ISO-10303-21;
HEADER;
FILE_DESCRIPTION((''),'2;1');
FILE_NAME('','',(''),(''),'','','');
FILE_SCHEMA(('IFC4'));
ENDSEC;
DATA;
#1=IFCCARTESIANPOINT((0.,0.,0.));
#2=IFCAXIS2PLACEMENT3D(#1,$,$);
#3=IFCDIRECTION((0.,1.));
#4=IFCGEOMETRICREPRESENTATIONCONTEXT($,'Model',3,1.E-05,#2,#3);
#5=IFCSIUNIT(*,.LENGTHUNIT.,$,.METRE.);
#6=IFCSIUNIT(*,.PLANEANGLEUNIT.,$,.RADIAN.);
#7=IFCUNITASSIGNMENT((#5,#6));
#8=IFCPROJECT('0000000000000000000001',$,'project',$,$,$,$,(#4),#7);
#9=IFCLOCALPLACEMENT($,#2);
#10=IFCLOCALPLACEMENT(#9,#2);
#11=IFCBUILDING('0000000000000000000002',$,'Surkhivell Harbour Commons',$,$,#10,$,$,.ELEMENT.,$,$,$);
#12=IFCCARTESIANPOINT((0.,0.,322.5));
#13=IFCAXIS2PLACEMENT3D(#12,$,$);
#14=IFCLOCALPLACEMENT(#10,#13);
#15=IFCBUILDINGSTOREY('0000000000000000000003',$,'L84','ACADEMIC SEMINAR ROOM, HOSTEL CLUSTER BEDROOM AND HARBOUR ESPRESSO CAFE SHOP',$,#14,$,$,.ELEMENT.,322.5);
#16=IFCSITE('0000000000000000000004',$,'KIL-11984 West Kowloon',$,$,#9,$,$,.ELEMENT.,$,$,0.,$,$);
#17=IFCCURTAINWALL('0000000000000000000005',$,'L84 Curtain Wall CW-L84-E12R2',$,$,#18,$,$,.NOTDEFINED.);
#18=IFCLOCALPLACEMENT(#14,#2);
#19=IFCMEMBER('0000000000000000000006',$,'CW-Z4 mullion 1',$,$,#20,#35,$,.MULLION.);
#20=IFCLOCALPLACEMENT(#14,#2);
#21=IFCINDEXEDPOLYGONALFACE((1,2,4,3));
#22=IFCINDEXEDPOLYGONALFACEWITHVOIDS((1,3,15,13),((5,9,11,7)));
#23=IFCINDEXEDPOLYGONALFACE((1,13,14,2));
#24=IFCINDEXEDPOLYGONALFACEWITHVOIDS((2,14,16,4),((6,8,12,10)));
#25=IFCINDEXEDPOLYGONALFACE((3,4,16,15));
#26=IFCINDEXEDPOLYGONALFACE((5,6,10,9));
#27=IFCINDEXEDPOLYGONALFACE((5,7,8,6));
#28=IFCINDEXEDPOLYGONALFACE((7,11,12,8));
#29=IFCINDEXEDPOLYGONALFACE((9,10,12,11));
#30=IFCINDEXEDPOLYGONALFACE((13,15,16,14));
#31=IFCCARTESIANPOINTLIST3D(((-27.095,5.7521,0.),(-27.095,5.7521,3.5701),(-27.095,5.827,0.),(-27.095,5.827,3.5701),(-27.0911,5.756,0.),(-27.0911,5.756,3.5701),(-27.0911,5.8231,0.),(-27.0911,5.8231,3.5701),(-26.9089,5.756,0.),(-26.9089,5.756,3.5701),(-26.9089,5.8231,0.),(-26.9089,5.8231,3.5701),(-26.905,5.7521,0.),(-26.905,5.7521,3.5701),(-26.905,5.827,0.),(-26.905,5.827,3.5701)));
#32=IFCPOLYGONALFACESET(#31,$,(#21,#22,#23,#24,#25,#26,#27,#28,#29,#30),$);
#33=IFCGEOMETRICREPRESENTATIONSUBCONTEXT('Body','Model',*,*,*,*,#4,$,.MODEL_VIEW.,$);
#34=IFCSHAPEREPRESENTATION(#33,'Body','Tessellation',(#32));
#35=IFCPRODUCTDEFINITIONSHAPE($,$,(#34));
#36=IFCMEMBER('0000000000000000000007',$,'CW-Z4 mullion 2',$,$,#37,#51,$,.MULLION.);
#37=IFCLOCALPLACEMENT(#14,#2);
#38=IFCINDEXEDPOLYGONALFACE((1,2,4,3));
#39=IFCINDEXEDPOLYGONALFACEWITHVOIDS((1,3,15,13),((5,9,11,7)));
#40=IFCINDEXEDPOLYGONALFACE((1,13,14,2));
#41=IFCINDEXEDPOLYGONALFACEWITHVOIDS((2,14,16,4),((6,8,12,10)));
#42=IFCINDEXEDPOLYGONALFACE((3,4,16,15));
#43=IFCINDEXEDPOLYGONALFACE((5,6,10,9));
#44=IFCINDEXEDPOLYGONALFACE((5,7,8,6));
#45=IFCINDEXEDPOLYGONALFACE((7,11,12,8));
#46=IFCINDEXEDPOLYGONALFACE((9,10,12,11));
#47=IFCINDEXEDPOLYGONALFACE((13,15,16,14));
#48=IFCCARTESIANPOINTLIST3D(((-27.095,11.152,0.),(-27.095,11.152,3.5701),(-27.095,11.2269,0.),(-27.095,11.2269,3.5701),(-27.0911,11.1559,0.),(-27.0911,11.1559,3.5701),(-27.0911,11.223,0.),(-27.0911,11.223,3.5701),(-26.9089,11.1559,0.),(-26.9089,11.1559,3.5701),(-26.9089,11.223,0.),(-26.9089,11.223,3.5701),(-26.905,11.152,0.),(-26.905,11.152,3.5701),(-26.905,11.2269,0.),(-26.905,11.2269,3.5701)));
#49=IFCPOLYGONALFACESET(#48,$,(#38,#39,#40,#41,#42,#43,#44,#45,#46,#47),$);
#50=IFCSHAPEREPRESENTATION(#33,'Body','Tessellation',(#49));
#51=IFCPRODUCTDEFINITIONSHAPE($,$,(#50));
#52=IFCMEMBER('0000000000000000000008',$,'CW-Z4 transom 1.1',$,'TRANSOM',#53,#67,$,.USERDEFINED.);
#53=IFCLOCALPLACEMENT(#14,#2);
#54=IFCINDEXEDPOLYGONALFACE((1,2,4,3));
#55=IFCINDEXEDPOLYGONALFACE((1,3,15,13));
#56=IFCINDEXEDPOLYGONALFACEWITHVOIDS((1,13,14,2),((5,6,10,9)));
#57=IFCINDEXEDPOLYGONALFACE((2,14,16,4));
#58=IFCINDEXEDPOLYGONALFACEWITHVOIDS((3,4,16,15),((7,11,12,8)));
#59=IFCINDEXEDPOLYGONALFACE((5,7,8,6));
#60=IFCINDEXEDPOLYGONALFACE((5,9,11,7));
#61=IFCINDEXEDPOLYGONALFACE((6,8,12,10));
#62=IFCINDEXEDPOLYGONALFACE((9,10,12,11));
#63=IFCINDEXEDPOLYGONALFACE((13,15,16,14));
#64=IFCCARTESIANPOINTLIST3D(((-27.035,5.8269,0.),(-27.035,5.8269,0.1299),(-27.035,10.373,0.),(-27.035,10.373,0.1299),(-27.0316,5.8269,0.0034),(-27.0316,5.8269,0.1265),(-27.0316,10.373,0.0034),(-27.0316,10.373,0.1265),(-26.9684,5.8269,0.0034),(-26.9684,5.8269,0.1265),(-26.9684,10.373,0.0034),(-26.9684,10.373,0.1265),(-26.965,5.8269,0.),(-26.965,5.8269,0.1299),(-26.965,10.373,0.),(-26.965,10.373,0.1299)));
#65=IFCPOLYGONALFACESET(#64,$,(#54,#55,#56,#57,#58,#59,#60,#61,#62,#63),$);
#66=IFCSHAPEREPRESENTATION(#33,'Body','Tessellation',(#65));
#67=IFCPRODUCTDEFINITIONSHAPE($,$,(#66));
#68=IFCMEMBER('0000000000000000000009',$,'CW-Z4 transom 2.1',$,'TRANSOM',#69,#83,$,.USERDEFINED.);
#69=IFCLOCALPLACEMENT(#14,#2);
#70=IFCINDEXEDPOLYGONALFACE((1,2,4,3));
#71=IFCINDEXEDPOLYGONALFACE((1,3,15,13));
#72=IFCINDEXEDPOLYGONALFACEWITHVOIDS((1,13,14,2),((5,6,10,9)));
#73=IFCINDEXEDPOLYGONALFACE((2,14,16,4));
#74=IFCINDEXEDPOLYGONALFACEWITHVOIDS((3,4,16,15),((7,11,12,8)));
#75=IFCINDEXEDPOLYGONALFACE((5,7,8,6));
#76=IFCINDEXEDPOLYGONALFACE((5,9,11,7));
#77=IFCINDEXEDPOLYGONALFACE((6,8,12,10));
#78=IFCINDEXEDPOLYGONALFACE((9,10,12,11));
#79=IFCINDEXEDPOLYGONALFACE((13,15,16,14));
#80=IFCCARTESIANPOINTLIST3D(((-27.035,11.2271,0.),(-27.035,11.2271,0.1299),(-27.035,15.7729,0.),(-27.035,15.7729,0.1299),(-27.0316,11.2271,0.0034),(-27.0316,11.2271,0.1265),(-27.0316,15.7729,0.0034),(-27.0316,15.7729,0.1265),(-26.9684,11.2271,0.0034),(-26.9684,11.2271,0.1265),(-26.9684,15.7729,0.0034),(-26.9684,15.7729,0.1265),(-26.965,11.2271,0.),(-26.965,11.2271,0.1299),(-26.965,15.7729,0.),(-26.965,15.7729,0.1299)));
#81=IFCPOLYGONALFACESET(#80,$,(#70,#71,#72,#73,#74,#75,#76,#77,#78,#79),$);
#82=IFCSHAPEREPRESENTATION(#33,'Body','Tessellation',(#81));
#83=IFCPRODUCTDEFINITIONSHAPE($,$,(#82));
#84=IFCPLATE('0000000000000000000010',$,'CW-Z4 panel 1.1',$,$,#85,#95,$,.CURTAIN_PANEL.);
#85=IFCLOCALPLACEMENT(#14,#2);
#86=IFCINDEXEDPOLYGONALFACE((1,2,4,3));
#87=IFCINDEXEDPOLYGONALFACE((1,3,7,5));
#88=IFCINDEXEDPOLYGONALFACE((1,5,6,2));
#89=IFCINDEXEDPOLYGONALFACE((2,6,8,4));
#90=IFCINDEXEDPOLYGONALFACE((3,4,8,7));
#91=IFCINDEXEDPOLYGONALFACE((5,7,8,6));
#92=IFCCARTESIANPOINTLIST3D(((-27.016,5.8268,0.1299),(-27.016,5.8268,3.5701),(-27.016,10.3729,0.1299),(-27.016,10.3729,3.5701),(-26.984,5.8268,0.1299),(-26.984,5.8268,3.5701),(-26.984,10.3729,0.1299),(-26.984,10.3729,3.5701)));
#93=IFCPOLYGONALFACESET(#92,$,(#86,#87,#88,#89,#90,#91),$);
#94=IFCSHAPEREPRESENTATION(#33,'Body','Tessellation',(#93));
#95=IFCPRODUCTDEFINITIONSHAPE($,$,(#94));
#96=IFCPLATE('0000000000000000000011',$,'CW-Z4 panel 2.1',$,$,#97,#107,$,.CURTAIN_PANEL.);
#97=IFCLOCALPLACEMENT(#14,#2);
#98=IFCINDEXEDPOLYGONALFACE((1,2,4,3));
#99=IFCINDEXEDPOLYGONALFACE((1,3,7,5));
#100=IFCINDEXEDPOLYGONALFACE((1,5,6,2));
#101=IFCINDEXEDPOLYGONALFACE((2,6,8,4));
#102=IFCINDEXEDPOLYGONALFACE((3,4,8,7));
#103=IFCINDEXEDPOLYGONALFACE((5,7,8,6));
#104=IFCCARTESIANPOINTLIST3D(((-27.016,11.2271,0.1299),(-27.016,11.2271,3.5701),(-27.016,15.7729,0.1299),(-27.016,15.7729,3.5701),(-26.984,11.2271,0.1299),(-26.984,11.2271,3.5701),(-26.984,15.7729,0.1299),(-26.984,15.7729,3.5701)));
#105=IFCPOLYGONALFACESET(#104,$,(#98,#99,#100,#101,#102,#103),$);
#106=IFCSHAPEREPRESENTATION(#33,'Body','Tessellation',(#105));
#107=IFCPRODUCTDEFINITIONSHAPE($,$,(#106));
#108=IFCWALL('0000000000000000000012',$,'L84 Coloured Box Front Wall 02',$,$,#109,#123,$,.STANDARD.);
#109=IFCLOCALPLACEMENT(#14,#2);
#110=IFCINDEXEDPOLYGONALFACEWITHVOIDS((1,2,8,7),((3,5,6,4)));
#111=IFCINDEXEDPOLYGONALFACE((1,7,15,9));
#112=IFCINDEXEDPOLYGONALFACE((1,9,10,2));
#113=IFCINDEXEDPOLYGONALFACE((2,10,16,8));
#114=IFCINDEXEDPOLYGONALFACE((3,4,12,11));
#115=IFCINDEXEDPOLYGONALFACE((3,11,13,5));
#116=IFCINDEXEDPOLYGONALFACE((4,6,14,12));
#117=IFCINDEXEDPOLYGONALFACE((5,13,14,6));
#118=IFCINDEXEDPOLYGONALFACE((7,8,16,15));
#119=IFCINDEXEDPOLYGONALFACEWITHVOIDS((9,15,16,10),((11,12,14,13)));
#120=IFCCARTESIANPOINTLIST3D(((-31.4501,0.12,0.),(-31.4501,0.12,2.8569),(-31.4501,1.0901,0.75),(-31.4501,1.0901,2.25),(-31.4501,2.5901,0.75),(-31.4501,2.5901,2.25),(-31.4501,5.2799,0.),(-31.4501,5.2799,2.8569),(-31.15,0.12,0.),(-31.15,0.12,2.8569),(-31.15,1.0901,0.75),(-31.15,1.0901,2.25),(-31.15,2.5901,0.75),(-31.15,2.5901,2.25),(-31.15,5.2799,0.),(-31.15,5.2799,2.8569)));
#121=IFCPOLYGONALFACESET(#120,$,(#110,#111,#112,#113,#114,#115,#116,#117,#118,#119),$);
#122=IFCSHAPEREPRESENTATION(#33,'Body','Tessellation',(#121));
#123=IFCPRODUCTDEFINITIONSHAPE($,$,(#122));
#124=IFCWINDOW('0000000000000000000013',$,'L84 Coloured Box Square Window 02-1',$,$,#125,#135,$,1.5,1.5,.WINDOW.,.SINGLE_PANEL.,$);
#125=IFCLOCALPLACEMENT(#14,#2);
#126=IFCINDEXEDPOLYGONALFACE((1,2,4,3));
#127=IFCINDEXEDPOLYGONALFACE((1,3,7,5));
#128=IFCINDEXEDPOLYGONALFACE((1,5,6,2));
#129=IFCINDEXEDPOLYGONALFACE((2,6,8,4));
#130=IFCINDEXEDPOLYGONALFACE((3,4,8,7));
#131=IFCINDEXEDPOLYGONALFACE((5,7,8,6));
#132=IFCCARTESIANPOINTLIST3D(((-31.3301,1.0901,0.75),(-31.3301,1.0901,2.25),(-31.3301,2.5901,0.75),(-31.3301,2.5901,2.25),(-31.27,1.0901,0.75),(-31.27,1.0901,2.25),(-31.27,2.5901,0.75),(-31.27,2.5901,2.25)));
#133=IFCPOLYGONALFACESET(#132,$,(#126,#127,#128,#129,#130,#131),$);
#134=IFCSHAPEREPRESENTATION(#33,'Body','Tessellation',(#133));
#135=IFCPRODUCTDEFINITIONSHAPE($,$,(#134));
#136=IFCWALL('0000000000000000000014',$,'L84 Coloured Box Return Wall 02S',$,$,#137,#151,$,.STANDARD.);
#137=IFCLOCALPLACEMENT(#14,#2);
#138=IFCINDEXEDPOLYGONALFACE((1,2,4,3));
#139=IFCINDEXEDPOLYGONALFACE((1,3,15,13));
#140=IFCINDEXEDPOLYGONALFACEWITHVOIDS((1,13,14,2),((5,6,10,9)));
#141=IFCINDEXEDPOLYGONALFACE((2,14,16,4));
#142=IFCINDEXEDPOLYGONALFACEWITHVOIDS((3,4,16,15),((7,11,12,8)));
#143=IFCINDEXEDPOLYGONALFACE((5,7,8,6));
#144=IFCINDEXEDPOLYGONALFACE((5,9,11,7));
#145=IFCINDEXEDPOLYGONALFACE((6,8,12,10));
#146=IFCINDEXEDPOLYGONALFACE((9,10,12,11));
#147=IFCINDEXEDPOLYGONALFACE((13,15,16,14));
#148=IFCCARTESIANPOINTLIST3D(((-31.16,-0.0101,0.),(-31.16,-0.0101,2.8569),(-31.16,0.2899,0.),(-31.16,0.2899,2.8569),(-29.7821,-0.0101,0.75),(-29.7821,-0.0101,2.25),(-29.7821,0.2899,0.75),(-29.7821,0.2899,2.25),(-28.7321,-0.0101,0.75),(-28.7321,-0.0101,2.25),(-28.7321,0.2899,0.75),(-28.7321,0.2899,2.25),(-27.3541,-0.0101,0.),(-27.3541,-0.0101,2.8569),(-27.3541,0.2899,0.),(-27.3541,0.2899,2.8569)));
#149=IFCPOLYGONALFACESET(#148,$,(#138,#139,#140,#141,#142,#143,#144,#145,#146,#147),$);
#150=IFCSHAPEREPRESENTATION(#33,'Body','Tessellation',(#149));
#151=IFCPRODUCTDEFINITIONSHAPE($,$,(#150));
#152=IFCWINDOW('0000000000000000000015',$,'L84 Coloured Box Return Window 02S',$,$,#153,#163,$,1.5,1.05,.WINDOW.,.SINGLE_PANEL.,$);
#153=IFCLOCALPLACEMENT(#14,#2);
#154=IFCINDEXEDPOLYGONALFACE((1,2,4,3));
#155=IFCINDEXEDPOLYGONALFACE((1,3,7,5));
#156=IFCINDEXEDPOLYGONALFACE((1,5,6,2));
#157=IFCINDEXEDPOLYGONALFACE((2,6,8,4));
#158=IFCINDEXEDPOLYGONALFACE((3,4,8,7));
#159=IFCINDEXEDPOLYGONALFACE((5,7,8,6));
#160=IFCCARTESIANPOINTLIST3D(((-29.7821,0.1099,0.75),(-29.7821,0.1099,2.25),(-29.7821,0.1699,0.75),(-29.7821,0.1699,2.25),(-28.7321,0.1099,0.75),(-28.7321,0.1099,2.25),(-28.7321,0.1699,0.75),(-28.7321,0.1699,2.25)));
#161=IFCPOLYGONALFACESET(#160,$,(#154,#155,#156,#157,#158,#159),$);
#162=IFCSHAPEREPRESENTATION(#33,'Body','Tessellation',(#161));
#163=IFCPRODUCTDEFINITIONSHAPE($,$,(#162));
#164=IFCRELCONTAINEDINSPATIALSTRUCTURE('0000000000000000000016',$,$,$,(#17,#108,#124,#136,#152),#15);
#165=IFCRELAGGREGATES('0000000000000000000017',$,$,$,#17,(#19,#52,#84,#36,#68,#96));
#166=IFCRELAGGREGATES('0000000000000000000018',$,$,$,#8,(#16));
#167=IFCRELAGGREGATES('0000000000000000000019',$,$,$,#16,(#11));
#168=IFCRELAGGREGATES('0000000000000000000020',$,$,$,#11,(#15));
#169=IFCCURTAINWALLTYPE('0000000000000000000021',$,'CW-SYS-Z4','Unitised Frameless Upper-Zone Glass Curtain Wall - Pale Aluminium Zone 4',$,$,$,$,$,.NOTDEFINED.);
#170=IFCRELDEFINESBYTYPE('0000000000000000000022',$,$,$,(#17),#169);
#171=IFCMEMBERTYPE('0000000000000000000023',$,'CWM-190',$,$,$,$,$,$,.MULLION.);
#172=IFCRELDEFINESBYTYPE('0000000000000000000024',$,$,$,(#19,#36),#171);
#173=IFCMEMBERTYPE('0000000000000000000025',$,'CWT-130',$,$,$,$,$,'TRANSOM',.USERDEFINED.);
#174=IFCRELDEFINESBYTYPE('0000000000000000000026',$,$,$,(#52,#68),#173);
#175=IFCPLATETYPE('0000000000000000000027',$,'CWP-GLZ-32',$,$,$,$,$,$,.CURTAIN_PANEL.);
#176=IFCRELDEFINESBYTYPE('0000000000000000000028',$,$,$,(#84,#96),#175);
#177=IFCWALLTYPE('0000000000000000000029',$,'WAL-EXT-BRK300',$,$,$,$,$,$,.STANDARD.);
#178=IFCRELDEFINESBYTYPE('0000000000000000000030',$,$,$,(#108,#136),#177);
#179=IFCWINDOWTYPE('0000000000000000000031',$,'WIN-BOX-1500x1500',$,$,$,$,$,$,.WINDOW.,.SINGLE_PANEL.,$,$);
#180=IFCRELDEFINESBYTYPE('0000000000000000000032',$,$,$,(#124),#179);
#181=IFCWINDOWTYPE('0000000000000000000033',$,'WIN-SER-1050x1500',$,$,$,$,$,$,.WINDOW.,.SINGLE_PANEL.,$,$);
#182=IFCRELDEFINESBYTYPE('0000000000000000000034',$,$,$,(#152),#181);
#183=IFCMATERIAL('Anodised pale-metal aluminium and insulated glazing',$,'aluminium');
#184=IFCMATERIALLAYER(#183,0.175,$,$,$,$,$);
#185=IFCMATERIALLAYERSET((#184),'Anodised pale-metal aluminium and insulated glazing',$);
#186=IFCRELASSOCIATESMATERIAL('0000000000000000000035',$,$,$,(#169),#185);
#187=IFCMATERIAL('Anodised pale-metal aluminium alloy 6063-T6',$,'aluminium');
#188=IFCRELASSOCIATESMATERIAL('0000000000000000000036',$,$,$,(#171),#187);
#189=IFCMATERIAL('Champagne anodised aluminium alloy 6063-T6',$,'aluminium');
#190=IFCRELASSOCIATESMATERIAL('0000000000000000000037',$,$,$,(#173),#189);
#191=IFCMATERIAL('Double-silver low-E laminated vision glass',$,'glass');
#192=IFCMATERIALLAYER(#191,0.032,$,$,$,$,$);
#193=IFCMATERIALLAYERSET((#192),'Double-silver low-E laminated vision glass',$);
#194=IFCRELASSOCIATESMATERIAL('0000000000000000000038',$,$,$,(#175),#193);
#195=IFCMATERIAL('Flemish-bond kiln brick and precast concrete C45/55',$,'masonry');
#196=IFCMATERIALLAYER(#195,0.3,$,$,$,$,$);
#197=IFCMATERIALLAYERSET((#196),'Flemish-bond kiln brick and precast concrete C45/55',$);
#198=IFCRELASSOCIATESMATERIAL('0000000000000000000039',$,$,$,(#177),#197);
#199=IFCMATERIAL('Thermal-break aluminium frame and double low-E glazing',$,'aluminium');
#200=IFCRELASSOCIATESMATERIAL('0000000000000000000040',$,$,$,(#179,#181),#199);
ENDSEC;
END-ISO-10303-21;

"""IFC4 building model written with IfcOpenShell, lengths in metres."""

from ifc_helpers import new_model, si_unit, direction, frame, frame_2d, origin, origin_2d, place, context, subcontext, project, spatial, rectangle, hollow_rectangle, extrude, material, layer, layer_set, material_profile, profile_set, type_object, element, fill, aggregate, save


model = new_model("IFC4")

# Units and contexts
model_context = context("Model", 3, precision=1e-05, world=origin(), true_north=direction((0.0, 1.0)))
body_context = subcontext(model_context, "Body", "Model", "MODEL_VIEW")
ifc_project = project(units=[si_unit("LENGTHUNIT", "METRE"), si_unit("PLANEANGLEUNIT", "RADIAN")], contexts=[model_context])

# Site, building, storey
site_placement = place(None, origin())
site = spatial("IfcSite", under=ifc_project, at=site_placement, Name="KIL-11984 West Kowloon", CompositionType="ELEMENT", RefElevation=0.0)
building_placement = place(site_placement, origin())
building = spatial("IfcBuilding", under=site, at=building_placement, Name="Surkhivell Harbour Commons", CompositionType="ELEMENT")
storey_placement = place(building_placement, frame((0.0, 0.0, 322.5)))
storey = spatial("IfcBuildingStorey", under=building, at=storey_placement, Name="L84", Description="ACADEMIC SEMINAR ROOM, HOSTEL CLUSTER BEDROOM AND HARBOUR ESPRESSO CAFE SHOP", CompositionType="ELEMENT", Elevation=322.5)

# Curtain wall, members, plates
ifc_material_1 = material(Name="Anodised pale-metal aluminium and insulated glazing", Category="aluminium")
ifc_layer_1 = layer(ifc_material_1, 0.175)
ifc_layer_set_1 = layer_set([ifc_layer_1], Name="Anodised pale-metal aluminium and insulated glazing")
curtain_wall_type = type_object("IfcCurtainWallType", Name="CW-SYS-Z4", Description="Unitised Frameless Upper-Zone Glass Curtain Wall - Pale Aluminium Zone 4", PredefinedType="NOTDEFINED", material=ifc_layer_set_1)
curtain_wall_placement = place(storey_placement, origin())
curtain_wall = element("IfcCurtainWall", 1, at=curtain_wall_placement, inside=storey, type_object=curtain_wall_type, Name="L84 Curtain Wall CW-L84-E12R2", PredefinedType="NOTDEFINED")
ifc_material_2 = material(Name="Anodised pale-metal aluminium alloy 6063-T6", Category="aluminium")
ifc_material_profile_1 = material_profile(ifc_material_2, hollow_rectangle(XDim=0.075, YDim=0.1899, WallThickness=0.0039, at=origin_2d()), Name="ALU-MULL-75x190")
ifc_profile_set_1 = profile_set([ifc_material_profile_1], Name="Anodised pale-metal aluminium alloy 6063-T6")
member_type_1 = type_object("IfcMemberType", Name="CWM-190", PredefinedType="MULLION", material=ifc_profile_set_1)
member_1_placement = place(storey_placement, frame((-27.0, 5.7896, 0.0), z_axis=(0.0, 0.0, 1.0), x_axis=(0.0, 1.0, 0.0)))
member_1 = element("IfcMember", 2, at=member_1_placement, type_object=member_type_1, Name="CW-Z4 mullion 1", PredefinedType="MULLION", context=body_context, shape_type="SweptSolid", body=[
    extrude(hollow_rectangle(XDim=0.075, YDim=0.1899, WallThickness=0.0039, at=origin_2d()), origin(), (0.0, 0.0, 1.0), 3.5701),
])
member_2_placement = place(storey_placement, frame((-27.0, 11.1895, 0.0), z_axis=(0.0, 0.0, 1.0), x_axis=(0.0, 1.0, 0.0)))
member_2 = element("IfcMember", 3, at=member_2_placement, type_object=member_type_1, Name="CW-Z4 mullion 2", PredefinedType="MULLION", context=body_context, shape_type="SweptSolid", body=[
    extrude(hollow_rectangle(XDim=0.075, YDim=0.1899, WallThickness=0.0039, at=origin_2d()), origin(), (0.0, 0.0, 1.0), 3.5701),
])
ifc_material_3 = material(Name="Champagne anodised aluminium alloy 6063-T6", Category="aluminium")
ifc_material_profile_2 = material_profile(ifc_material_3, hollow_rectangle(XDim=0.0701, YDim=0.1299, WallThickness=0.0034, at=origin_2d()), Name="ALU-TRAN-70x130")
ifc_profile_set_2 = profile_set([ifc_material_profile_2], Name="Champagne anodised aluminium alloy 6063-T6")
member_type_2 = type_object("IfcMemberType", Name="CWT-130", ElementType="TRANSOM", PredefinedType="USERDEFINED", material=ifc_profile_set_2)
member_3_placement = place(storey_placement, frame((-27.0, 5.8269, 0.0649), z_axis=(0.0, 1.0, 0.0), x_axis=(-1.0, 0.0, 0.0)))
member_3 = element("IfcMember", 4, at=member_3_placement, type_object=member_type_2, Name="CW-Z4 transom 1.1", ObjectType="TRANSOM", PredefinedType="USERDEFINED", context=body_context, shape_type="SweptSolid", body=[
    extrude(hollow_rectangle(XDim=0.0701, YDim=0.1299, WallThickness=0.0034, at=origin_2d()), origin(), (0.0, 0.0, 1.0), 4.5461),
])
member_4_placement = place(storey_placement, frame((-27.0, 11.2271, 0.0649), z_axis=(0.0, 1.0, 0.0), x_axis=(-1.0, 0.0, 0.0)))
member_4 = element("IfcMember", 5, at=member_4_placement, type_object=member_type_2, Name="CW-Z4 transom 2.1", ObjectType="TRANSOM", PredefinedType="USERDEFINED", context=body_context, shape_type="SweptSolid", body=[
    extrude(hollow_rectangle(XDim=0.0701, YDim=0.1299, WallThickness=0.0034, at=origin_2d()), origin(), (0.0, 0.0, 1.0), 4.5459),
])
ifc_material_4 = material(Name="Double-silver low-E laminated vision glass", Category="glass")
ifc_layer_2 = layer(ifc_material_4, 0.032)
ifc_layer_set_2 = layer_set([ifc_layer_2], Name="Double-silver low-E laminated vision glass")
plate_type = type_object("IfcPlateType", Name="CWP-GLZ-32", PredefinedType="CURTAIN_PANEL", material=ifc_layer_set_2)
plate_1_placement = place(storey_placement, frame((-27.0, 5.8269, 0.1299), z_axis=(0.0, 0.0, 1.0), x_axis=(0.0, 1.0, 0.0)))
plate_1 = element("IfcPlate", 6, at=plate_1_placement, type_object=plate_type, Name="CW-Z4 panel 1.1", PredefinedType="CURTAIN_PANEL", context=body_context, shape_type="SweptSolid", body=[
    extrude(rectangle(XDim=4.5461, YDim=0.032, at=frame_2d((2.2729, 0.0))), origin(), (0.0, 0.0, 1.0), 3.4402),
])
plate_2_placement = place(storey_placement, frame((-27.0, 11.2271, 0.1299), z_axis=(0.0, 0.0, 1.0), x_axis=(0.0, 1.0, 0.0)))
plate_2 = element("IfcPlate", 7, at=plate_2_placement, type_object=plate_type, Name="CW-Z4 panel 2.1", PredefinedType="CURTAIN_PANEL", context=body_context, shape_type="SweptSolid", body=[
    extrude(rectangle(XDim=4.5459, YDim=0.032, at=frame_2d((2.2729, 0.0))), origin(), (0.0, 0.0, 1.0), 3.4402),
])
aggregate(curtain_wall, [member_1, member_3, plate_1, member_2, member_4, plate_2])

# Walls, openings, windows
ifc_material_5 = material(Name="Flemish-bond kiln brick and precast concrete C45/55", Category="masonry")
ifc_layer_3 = layer(ifc_material_5, 0.3)
ifc_layer_set_3 = layer_set([ifc_layer_3], Name="Flemish-bond kiln brick and precast concrete C45/55")
wall_type_1 = type_object("IfcWallType", Name="WAL-EXT-BRK300", PredefinedType="STANDARD", material=ifc_layer_set_3)
wall_1_placement = place(storey_placement, frame((-31.3, 5.28, 0.0), z_axis=(0.0, 0.0, 1.0), x_axis=(0.0, -1.0, 0.0)))
wall_1 = element("IfcWall", 8, at=wall_1_placement, inside=storey, type_object=wall_type_1, Name="L84 Coloured Box Front Wall 02", PredefinedType="STANDARD", context=body_context, shape_type="SweptSolid", body=[
    extrude(rectangle(XDim=5.1599, YDim=0.3, at=frame_2d((2.5801, 0.0))), origin(), (0.0, 0.0, 1.0), 2.8569),
])
opening_1_placement = place(wall_1_placement, frame((2.6899, 0.0, 0.75)))
opening_1 = element("IfcOpeningElement", 9, at=opening_1_placement, cuts=wall_1, PredefinedType="OPENING", context=body_context, shape_type="SweptSolid", body=[
    extrude(rectangle(XDim=1.5, YDim=1.5, at=frame_2d((0.75, 0.75))), frame((0.0, 0.1599, 0.0), z_axis=(0.0, -1.0, 0.0), x_axis=(1.0, 0.0, 0.0)), (0.0, 0.0, 1.0), 0.3201),
])
ifc_material_6 = material(Name="Thermal-break aluminium frame and double low-E glazing", Category="aluminium")
window_type_1 = type_object("IfcWindowType", Name="WIN-BOX-1500x1500", PartitioningType="SINGLE_PANEL", PredefinedType="WINDOW", material=ifc_material_6)
window_1_placement = place(opening_1_placement, origin())
window_1 = element("IfcWindow", 10, at=window_1_placement, inside=storey, type_object=window_type_1, Name="L84 Coloured Box Square Window 02-1", OverallHeight=1.5, OverallWidth=1.5, PartitioningType="SINGLE_PANEL", PredefinedType="WINDOW", context=body_context, shape_type="SweptSolid", body=[
    extrude(rectangle(XDim=1.5, YDim=1.5, at=frame_2d((0.75, 0.75))), frame((0.0, 0.03, 0.0), z_axis=(0.0, -1.0, 0.0), x_axis=(1.0, 0.0, 0.0)), (0.0, 0.0, 1.0), 0.0601),
])
fill(opening_1, window_1)
wall_2_placement = place(storey_placement, frame((-31.1599, 0.1399, 0.0), z_axis=(0.0, 0.0, 1.0), x_axis=(1.0, 0.0, 0.0)))
wall_2 = element("IfcWall", 11, at=wall_2_placement, inside=storey, type_object=wall_type_1, Name="L84 Coloured Box Return Wall 02S", PredefinedType="STANDARD", context=body_context, shape_type="SweptSolid", body=[
    extrude(rectangle(XDim=3.8059, YDim=0.3, at=frame_2d((1.9028, 0.0))), origin(), (0.0, 0.0, 1.0), 2.8569),
])
opening_2_placement = place(wall_2_placement, frame((1.3779, 0.0, 0.75)))
opening_2 = element("IfcOpeningElement", 12, at=opening_2_placement, cuts=wall_2, PredefinedType="OPENING", context=body_context, shape_type="SweptSolid", body=[
    extrude(rectangle(XDim=1.05, YDim=1.5, at=frame_2d((0.5249, 0.75))), frame((0.0, 0.1599, 0.0), z_axis=(0.0, -1.0, 0.0), x_axis=(1.0, 0.0, 0.0)), (0.0, 0.0, 1.0), 0.3201),
])
window_type_2 = type_object("IfcWindowType", Name="WIN-SER-1050x1500", PartitioningType="SINGLE_PANEL", PredefinedType="WINDOW", material=ifc_material_6)
window_2_placement = place(opening_2_placement, origin())
window_2 = element("IfcWindow", 13, at=window_2_placement, inside=storey, type_object=window_type_2, Name="L84 Coloured Box Return Window 02S", OverallHeight=1.5, OverallWidth=1.05, PartitioningType="SINGLE_PANEL", PredefinedType="WINDOW", context=body_context, shape_type="SweptSolid", body=[
    extrude(rectangle(XDim=1.05, YDim=1.5, at=frame_2d((0.5249, 0.75))), frame((0.0, 0.03, 0.0), z_axis=(0.0, -1.0, 0.0), x_axis=(1.0, 0.0, 0.0)), (0.0, 0.0, 1.0), 0.0601),
])
fill(opening_2, window_2)

save(model, "model.ifc")
